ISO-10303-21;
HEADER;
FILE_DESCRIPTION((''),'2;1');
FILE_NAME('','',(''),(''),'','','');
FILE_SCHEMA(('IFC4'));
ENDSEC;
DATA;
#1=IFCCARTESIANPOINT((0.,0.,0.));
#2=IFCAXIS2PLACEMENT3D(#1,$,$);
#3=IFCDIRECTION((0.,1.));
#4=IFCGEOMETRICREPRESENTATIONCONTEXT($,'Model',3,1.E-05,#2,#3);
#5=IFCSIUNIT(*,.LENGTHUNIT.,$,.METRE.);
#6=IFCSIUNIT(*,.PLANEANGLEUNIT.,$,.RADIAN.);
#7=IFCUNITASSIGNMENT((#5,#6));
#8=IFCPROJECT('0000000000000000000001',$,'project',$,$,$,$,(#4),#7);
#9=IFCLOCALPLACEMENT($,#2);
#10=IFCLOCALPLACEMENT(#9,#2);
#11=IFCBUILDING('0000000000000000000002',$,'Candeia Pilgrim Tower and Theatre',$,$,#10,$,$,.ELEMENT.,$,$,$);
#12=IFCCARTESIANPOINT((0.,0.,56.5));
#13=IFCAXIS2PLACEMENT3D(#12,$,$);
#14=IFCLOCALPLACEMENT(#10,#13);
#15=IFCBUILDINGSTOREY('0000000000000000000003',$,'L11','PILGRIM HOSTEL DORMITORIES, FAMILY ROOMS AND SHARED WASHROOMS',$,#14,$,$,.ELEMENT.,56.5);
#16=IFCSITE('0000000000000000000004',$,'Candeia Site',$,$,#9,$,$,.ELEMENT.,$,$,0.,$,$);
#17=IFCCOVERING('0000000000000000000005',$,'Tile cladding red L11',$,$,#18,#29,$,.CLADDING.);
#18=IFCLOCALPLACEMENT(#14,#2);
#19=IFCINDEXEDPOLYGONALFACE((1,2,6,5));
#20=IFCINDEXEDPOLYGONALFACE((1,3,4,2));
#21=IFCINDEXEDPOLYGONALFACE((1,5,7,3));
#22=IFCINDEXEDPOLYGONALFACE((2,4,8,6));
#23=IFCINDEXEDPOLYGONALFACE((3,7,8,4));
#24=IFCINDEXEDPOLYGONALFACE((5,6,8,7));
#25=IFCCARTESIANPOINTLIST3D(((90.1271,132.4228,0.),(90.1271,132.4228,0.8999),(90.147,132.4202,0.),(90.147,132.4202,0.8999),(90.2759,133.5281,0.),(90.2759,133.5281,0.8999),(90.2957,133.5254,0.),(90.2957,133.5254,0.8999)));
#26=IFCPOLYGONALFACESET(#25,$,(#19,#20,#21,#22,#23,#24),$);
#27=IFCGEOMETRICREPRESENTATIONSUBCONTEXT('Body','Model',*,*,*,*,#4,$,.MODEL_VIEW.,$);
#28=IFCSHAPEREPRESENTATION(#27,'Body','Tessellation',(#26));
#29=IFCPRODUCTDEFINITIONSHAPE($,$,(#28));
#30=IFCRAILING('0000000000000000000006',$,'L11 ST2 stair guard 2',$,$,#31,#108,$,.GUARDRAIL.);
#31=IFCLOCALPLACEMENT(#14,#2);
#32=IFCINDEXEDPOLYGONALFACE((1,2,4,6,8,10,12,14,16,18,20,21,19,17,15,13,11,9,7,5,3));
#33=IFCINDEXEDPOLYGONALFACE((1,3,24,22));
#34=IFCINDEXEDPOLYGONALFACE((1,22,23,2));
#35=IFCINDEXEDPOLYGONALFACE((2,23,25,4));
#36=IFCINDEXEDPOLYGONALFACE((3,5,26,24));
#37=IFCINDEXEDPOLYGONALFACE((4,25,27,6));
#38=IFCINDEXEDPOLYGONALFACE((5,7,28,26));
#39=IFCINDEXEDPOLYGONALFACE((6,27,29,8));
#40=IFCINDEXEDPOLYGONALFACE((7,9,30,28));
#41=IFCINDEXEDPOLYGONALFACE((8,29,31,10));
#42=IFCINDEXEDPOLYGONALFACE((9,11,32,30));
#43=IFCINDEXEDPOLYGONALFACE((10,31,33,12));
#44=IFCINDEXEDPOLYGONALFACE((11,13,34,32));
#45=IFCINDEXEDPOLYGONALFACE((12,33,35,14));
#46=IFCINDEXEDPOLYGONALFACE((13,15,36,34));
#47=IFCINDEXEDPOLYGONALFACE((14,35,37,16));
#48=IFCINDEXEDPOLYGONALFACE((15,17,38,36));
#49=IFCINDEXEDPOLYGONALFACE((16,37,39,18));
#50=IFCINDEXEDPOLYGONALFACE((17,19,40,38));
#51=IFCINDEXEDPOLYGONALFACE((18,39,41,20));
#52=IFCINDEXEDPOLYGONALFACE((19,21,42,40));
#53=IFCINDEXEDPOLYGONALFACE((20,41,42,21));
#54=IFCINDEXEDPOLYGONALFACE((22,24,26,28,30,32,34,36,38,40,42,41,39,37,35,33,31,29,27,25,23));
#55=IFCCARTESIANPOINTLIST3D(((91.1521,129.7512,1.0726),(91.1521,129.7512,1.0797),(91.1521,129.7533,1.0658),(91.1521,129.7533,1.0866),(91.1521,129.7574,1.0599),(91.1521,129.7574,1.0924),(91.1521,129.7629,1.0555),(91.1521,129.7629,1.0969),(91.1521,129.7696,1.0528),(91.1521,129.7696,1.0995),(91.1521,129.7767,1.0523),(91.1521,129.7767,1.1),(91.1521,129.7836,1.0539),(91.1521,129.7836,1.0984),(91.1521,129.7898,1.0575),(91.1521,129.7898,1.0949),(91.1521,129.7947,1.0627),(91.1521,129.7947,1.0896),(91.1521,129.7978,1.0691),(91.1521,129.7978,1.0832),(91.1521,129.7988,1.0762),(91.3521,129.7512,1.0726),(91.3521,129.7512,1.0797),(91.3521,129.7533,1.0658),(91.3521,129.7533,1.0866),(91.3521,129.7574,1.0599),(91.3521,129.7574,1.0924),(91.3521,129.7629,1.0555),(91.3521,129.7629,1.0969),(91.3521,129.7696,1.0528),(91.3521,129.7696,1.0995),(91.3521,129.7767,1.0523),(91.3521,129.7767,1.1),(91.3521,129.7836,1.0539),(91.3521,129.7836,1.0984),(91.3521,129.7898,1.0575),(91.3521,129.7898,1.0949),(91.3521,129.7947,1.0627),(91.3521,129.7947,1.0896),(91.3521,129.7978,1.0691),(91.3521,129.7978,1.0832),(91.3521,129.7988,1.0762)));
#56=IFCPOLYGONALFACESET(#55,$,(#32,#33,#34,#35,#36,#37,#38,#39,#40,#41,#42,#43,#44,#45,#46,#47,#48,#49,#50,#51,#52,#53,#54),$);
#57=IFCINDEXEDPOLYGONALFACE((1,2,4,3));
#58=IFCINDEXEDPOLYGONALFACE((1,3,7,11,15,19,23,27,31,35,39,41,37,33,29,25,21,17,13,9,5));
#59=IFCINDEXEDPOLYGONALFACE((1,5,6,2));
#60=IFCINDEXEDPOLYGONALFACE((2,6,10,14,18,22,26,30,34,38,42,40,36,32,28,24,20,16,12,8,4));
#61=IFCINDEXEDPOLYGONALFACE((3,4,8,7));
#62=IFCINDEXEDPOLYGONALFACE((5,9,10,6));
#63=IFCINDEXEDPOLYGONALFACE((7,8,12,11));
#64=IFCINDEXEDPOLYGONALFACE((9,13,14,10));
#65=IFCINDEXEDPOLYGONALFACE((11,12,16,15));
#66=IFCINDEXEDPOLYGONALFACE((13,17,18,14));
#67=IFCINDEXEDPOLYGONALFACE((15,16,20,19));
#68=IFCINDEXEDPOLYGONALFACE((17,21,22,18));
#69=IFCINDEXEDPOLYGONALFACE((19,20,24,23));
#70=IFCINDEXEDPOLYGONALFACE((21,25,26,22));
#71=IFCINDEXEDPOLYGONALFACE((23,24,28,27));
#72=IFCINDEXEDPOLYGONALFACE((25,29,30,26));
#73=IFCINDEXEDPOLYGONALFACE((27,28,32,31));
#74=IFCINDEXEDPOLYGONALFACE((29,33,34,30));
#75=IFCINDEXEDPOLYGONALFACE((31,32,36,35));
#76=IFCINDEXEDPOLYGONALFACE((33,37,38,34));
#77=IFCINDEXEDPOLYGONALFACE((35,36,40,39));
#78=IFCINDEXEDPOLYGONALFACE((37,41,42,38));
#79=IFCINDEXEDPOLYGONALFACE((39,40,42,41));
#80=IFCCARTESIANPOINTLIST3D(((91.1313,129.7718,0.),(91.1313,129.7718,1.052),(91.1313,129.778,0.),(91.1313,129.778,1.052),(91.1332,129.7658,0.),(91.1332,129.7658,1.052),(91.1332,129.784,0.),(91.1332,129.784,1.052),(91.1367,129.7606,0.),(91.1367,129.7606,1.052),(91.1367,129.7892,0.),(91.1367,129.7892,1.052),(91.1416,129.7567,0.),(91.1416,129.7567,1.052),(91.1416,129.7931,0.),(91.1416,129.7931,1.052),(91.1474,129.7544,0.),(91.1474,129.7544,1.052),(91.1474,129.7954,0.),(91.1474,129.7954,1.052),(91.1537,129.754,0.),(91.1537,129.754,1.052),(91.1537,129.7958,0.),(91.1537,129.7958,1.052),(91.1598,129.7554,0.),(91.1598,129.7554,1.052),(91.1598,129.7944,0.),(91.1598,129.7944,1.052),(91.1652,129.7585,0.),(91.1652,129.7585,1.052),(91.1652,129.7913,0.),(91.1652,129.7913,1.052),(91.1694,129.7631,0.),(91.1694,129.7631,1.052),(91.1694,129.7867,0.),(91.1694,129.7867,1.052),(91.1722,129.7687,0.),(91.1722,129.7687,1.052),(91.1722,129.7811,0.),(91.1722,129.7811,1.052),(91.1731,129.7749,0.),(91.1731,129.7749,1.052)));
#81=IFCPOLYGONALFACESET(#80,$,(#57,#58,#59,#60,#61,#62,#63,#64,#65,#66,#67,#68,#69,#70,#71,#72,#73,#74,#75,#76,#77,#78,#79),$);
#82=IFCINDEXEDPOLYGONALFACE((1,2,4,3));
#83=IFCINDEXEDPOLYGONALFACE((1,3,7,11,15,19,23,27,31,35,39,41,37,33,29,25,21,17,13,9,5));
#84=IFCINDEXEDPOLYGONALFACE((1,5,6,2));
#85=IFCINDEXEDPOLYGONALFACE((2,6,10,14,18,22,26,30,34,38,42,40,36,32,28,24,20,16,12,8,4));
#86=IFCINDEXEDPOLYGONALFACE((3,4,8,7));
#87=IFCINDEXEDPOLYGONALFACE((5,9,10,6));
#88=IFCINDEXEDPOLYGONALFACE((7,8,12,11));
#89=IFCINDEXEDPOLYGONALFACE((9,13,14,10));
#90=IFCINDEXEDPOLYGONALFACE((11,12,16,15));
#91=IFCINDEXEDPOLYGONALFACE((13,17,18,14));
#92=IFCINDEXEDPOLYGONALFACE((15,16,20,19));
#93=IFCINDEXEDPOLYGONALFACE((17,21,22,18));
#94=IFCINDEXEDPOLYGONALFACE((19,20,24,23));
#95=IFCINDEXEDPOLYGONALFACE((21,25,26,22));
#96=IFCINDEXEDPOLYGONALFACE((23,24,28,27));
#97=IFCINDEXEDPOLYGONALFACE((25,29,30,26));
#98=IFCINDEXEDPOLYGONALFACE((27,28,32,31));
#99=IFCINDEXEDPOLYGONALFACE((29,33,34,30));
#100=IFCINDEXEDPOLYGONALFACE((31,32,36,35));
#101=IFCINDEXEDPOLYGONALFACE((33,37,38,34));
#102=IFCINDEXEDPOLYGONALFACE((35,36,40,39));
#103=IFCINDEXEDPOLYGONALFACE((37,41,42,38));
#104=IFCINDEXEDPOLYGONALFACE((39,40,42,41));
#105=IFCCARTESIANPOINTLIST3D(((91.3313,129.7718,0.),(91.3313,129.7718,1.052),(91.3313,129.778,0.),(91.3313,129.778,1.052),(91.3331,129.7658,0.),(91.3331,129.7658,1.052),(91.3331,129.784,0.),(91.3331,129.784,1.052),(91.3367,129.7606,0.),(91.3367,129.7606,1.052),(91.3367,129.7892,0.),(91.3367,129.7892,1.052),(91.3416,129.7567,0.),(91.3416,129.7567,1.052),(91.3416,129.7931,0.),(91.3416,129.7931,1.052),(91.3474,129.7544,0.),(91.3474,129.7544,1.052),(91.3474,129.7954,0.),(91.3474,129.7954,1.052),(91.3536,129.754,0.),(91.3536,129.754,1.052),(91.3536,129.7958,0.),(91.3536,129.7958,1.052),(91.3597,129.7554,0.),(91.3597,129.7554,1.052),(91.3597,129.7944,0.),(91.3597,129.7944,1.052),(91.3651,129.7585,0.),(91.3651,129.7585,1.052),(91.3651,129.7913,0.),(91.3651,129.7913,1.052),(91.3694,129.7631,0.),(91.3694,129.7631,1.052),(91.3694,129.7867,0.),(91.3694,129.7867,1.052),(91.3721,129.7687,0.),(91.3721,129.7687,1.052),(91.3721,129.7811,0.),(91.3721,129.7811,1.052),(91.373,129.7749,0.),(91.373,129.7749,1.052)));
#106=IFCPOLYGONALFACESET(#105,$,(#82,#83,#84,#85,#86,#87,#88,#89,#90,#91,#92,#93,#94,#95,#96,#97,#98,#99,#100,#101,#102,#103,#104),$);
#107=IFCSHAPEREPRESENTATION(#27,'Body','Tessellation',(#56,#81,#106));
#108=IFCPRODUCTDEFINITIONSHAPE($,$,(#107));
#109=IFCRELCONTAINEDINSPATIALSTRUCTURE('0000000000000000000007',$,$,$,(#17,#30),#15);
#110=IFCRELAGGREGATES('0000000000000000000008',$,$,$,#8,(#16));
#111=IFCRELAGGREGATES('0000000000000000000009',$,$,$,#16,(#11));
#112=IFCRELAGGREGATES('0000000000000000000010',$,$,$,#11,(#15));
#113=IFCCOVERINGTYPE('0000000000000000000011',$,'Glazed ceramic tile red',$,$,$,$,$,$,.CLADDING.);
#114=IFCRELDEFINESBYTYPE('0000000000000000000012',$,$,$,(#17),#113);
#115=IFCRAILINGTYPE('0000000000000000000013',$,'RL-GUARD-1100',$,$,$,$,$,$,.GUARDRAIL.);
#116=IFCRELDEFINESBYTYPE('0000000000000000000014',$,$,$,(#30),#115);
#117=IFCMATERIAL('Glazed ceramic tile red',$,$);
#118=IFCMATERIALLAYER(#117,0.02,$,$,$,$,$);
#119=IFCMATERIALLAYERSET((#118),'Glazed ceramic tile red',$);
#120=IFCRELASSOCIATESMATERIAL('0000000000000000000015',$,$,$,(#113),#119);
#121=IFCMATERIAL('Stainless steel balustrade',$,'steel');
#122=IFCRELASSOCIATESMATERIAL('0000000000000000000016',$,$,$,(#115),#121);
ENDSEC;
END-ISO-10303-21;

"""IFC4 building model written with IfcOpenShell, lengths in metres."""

from ifc_helpers import new_model, si_unit, direction, frame, origin, origin_2d, place, context, subcontext, project, spatial, rectangle, circle, extrude, material, layer, layer_set, type_object, element, save


model = new_model("IFC4")

# Units and contexts
model_context = context("Model", 3, precision=1e-05, world=origin(), true_north=direction((0.0, 1.0)))
body_context = subcontext(model_context, "Body", "Model", "MODEL_VIEW")
ifc_project = project(units=[si_unit("LENGTHUNIT", "METRE"), si_unit("PLANEANGLEUNIT", "RADIAN")], contexts=[model_context])

# Site, building, storey
site_placement = place(None, origin())
site = spatial("IfcSite", under=ifc_project, at=site_placement, Name="Candeia Site", CompositionType="ELEMENT", RefElevation=0.0)
building_placement = place(site_placement, origin())
building = spatial("IfcBuilding", under=site, at=building_placement, Name="Candeia Pilgrim Tower and Theatre", CompositionType="ELEMENT")
storey_placement = place(building_placement, frame((0.0, 0.0, 56.5)))
storey = spatial("IfcBuildingStorey", under=building, at=storey_placement, Name="L11", Description="PILGRIM HOSTEL DORMITORIES, FAMILY ROOMS AND SHARED WASHROOMS", CompositionType="ELEMENT", Elevation=56.5)

# Shared definitions
ifc_material_1 = material(Name="Stainless steel balustrade", Category="steel")

# Covering
ifc_material_2 = material(Name="Glazed ceramic tile red")
ifc_layer_1 = layer(ifc_material_2, 0.02)
ifc_layer_set_1 = layer_set([ifc_layer_1], Name="Glazed ceramic tile red")
covering_type_1 = type_object("IfcCoveringType", Name="Glazed ceramic tile red", PredefinedType="CLADDING", material=ifc_layer_set_1)
covering_1_placement = place(storey_placement, frame((90.2114, 132.9741, 0.0), z_axis=(0.0, 0.0, 1.0), x_axis=(-0.133412, -0.991061, 0.0)))
element("IfcCovering", 1, at=covering_1_placement, inside=storey, type_object=covering_type_1, Name="Tile cladding red L11", PredefinedType="CLADDING", context=body_context, shape_type="SweptSolid", body=[
    extrude(rectangle(XDim=1.1152, YDim=0.02, at=origin_2d()), origin(), (0.0, 0.0, 1.0), 0.8999),
])

# Railing
railing_type_1 = type_object("IfcRailingType", Name="RL-GUARD-1100", PredefinedType="GUARDRAIL", material=ifc_material_1)
railing_1_placement = place(storey_placement, frame((91.1521, 129.7749, 0.0)))
element("IfcRailing", 2, at=railing_1_placement, inside=storey, type_object=railing_type_1, Name="L11 ST2 stair guard 2", PredefinedType="GUARDRAIL", context=body_context, shape_type="SweptSolid", body=[
    extrude(circle(Radius=0.0239, at=origin_2d()), frame((0.0, 0.0, 1.0762), z_axis=(1.0, 0.0, 0.0), x_axis=(0.0, 1.0, 0.0)), (0.0, 0.0, 1.0), 0.2),
    extrude(circle(Radius=0.021, at=origin_2d()), origin(), (0.0, 0.0, 1.0), 1.052),
    extrude(circle(Radius=0.021, at=origin_2d()), frame((0.2, 0.0, 0.0)), (0.0, 0.0, 1.0), 1.052),
])

save(model, "model.ifc")
